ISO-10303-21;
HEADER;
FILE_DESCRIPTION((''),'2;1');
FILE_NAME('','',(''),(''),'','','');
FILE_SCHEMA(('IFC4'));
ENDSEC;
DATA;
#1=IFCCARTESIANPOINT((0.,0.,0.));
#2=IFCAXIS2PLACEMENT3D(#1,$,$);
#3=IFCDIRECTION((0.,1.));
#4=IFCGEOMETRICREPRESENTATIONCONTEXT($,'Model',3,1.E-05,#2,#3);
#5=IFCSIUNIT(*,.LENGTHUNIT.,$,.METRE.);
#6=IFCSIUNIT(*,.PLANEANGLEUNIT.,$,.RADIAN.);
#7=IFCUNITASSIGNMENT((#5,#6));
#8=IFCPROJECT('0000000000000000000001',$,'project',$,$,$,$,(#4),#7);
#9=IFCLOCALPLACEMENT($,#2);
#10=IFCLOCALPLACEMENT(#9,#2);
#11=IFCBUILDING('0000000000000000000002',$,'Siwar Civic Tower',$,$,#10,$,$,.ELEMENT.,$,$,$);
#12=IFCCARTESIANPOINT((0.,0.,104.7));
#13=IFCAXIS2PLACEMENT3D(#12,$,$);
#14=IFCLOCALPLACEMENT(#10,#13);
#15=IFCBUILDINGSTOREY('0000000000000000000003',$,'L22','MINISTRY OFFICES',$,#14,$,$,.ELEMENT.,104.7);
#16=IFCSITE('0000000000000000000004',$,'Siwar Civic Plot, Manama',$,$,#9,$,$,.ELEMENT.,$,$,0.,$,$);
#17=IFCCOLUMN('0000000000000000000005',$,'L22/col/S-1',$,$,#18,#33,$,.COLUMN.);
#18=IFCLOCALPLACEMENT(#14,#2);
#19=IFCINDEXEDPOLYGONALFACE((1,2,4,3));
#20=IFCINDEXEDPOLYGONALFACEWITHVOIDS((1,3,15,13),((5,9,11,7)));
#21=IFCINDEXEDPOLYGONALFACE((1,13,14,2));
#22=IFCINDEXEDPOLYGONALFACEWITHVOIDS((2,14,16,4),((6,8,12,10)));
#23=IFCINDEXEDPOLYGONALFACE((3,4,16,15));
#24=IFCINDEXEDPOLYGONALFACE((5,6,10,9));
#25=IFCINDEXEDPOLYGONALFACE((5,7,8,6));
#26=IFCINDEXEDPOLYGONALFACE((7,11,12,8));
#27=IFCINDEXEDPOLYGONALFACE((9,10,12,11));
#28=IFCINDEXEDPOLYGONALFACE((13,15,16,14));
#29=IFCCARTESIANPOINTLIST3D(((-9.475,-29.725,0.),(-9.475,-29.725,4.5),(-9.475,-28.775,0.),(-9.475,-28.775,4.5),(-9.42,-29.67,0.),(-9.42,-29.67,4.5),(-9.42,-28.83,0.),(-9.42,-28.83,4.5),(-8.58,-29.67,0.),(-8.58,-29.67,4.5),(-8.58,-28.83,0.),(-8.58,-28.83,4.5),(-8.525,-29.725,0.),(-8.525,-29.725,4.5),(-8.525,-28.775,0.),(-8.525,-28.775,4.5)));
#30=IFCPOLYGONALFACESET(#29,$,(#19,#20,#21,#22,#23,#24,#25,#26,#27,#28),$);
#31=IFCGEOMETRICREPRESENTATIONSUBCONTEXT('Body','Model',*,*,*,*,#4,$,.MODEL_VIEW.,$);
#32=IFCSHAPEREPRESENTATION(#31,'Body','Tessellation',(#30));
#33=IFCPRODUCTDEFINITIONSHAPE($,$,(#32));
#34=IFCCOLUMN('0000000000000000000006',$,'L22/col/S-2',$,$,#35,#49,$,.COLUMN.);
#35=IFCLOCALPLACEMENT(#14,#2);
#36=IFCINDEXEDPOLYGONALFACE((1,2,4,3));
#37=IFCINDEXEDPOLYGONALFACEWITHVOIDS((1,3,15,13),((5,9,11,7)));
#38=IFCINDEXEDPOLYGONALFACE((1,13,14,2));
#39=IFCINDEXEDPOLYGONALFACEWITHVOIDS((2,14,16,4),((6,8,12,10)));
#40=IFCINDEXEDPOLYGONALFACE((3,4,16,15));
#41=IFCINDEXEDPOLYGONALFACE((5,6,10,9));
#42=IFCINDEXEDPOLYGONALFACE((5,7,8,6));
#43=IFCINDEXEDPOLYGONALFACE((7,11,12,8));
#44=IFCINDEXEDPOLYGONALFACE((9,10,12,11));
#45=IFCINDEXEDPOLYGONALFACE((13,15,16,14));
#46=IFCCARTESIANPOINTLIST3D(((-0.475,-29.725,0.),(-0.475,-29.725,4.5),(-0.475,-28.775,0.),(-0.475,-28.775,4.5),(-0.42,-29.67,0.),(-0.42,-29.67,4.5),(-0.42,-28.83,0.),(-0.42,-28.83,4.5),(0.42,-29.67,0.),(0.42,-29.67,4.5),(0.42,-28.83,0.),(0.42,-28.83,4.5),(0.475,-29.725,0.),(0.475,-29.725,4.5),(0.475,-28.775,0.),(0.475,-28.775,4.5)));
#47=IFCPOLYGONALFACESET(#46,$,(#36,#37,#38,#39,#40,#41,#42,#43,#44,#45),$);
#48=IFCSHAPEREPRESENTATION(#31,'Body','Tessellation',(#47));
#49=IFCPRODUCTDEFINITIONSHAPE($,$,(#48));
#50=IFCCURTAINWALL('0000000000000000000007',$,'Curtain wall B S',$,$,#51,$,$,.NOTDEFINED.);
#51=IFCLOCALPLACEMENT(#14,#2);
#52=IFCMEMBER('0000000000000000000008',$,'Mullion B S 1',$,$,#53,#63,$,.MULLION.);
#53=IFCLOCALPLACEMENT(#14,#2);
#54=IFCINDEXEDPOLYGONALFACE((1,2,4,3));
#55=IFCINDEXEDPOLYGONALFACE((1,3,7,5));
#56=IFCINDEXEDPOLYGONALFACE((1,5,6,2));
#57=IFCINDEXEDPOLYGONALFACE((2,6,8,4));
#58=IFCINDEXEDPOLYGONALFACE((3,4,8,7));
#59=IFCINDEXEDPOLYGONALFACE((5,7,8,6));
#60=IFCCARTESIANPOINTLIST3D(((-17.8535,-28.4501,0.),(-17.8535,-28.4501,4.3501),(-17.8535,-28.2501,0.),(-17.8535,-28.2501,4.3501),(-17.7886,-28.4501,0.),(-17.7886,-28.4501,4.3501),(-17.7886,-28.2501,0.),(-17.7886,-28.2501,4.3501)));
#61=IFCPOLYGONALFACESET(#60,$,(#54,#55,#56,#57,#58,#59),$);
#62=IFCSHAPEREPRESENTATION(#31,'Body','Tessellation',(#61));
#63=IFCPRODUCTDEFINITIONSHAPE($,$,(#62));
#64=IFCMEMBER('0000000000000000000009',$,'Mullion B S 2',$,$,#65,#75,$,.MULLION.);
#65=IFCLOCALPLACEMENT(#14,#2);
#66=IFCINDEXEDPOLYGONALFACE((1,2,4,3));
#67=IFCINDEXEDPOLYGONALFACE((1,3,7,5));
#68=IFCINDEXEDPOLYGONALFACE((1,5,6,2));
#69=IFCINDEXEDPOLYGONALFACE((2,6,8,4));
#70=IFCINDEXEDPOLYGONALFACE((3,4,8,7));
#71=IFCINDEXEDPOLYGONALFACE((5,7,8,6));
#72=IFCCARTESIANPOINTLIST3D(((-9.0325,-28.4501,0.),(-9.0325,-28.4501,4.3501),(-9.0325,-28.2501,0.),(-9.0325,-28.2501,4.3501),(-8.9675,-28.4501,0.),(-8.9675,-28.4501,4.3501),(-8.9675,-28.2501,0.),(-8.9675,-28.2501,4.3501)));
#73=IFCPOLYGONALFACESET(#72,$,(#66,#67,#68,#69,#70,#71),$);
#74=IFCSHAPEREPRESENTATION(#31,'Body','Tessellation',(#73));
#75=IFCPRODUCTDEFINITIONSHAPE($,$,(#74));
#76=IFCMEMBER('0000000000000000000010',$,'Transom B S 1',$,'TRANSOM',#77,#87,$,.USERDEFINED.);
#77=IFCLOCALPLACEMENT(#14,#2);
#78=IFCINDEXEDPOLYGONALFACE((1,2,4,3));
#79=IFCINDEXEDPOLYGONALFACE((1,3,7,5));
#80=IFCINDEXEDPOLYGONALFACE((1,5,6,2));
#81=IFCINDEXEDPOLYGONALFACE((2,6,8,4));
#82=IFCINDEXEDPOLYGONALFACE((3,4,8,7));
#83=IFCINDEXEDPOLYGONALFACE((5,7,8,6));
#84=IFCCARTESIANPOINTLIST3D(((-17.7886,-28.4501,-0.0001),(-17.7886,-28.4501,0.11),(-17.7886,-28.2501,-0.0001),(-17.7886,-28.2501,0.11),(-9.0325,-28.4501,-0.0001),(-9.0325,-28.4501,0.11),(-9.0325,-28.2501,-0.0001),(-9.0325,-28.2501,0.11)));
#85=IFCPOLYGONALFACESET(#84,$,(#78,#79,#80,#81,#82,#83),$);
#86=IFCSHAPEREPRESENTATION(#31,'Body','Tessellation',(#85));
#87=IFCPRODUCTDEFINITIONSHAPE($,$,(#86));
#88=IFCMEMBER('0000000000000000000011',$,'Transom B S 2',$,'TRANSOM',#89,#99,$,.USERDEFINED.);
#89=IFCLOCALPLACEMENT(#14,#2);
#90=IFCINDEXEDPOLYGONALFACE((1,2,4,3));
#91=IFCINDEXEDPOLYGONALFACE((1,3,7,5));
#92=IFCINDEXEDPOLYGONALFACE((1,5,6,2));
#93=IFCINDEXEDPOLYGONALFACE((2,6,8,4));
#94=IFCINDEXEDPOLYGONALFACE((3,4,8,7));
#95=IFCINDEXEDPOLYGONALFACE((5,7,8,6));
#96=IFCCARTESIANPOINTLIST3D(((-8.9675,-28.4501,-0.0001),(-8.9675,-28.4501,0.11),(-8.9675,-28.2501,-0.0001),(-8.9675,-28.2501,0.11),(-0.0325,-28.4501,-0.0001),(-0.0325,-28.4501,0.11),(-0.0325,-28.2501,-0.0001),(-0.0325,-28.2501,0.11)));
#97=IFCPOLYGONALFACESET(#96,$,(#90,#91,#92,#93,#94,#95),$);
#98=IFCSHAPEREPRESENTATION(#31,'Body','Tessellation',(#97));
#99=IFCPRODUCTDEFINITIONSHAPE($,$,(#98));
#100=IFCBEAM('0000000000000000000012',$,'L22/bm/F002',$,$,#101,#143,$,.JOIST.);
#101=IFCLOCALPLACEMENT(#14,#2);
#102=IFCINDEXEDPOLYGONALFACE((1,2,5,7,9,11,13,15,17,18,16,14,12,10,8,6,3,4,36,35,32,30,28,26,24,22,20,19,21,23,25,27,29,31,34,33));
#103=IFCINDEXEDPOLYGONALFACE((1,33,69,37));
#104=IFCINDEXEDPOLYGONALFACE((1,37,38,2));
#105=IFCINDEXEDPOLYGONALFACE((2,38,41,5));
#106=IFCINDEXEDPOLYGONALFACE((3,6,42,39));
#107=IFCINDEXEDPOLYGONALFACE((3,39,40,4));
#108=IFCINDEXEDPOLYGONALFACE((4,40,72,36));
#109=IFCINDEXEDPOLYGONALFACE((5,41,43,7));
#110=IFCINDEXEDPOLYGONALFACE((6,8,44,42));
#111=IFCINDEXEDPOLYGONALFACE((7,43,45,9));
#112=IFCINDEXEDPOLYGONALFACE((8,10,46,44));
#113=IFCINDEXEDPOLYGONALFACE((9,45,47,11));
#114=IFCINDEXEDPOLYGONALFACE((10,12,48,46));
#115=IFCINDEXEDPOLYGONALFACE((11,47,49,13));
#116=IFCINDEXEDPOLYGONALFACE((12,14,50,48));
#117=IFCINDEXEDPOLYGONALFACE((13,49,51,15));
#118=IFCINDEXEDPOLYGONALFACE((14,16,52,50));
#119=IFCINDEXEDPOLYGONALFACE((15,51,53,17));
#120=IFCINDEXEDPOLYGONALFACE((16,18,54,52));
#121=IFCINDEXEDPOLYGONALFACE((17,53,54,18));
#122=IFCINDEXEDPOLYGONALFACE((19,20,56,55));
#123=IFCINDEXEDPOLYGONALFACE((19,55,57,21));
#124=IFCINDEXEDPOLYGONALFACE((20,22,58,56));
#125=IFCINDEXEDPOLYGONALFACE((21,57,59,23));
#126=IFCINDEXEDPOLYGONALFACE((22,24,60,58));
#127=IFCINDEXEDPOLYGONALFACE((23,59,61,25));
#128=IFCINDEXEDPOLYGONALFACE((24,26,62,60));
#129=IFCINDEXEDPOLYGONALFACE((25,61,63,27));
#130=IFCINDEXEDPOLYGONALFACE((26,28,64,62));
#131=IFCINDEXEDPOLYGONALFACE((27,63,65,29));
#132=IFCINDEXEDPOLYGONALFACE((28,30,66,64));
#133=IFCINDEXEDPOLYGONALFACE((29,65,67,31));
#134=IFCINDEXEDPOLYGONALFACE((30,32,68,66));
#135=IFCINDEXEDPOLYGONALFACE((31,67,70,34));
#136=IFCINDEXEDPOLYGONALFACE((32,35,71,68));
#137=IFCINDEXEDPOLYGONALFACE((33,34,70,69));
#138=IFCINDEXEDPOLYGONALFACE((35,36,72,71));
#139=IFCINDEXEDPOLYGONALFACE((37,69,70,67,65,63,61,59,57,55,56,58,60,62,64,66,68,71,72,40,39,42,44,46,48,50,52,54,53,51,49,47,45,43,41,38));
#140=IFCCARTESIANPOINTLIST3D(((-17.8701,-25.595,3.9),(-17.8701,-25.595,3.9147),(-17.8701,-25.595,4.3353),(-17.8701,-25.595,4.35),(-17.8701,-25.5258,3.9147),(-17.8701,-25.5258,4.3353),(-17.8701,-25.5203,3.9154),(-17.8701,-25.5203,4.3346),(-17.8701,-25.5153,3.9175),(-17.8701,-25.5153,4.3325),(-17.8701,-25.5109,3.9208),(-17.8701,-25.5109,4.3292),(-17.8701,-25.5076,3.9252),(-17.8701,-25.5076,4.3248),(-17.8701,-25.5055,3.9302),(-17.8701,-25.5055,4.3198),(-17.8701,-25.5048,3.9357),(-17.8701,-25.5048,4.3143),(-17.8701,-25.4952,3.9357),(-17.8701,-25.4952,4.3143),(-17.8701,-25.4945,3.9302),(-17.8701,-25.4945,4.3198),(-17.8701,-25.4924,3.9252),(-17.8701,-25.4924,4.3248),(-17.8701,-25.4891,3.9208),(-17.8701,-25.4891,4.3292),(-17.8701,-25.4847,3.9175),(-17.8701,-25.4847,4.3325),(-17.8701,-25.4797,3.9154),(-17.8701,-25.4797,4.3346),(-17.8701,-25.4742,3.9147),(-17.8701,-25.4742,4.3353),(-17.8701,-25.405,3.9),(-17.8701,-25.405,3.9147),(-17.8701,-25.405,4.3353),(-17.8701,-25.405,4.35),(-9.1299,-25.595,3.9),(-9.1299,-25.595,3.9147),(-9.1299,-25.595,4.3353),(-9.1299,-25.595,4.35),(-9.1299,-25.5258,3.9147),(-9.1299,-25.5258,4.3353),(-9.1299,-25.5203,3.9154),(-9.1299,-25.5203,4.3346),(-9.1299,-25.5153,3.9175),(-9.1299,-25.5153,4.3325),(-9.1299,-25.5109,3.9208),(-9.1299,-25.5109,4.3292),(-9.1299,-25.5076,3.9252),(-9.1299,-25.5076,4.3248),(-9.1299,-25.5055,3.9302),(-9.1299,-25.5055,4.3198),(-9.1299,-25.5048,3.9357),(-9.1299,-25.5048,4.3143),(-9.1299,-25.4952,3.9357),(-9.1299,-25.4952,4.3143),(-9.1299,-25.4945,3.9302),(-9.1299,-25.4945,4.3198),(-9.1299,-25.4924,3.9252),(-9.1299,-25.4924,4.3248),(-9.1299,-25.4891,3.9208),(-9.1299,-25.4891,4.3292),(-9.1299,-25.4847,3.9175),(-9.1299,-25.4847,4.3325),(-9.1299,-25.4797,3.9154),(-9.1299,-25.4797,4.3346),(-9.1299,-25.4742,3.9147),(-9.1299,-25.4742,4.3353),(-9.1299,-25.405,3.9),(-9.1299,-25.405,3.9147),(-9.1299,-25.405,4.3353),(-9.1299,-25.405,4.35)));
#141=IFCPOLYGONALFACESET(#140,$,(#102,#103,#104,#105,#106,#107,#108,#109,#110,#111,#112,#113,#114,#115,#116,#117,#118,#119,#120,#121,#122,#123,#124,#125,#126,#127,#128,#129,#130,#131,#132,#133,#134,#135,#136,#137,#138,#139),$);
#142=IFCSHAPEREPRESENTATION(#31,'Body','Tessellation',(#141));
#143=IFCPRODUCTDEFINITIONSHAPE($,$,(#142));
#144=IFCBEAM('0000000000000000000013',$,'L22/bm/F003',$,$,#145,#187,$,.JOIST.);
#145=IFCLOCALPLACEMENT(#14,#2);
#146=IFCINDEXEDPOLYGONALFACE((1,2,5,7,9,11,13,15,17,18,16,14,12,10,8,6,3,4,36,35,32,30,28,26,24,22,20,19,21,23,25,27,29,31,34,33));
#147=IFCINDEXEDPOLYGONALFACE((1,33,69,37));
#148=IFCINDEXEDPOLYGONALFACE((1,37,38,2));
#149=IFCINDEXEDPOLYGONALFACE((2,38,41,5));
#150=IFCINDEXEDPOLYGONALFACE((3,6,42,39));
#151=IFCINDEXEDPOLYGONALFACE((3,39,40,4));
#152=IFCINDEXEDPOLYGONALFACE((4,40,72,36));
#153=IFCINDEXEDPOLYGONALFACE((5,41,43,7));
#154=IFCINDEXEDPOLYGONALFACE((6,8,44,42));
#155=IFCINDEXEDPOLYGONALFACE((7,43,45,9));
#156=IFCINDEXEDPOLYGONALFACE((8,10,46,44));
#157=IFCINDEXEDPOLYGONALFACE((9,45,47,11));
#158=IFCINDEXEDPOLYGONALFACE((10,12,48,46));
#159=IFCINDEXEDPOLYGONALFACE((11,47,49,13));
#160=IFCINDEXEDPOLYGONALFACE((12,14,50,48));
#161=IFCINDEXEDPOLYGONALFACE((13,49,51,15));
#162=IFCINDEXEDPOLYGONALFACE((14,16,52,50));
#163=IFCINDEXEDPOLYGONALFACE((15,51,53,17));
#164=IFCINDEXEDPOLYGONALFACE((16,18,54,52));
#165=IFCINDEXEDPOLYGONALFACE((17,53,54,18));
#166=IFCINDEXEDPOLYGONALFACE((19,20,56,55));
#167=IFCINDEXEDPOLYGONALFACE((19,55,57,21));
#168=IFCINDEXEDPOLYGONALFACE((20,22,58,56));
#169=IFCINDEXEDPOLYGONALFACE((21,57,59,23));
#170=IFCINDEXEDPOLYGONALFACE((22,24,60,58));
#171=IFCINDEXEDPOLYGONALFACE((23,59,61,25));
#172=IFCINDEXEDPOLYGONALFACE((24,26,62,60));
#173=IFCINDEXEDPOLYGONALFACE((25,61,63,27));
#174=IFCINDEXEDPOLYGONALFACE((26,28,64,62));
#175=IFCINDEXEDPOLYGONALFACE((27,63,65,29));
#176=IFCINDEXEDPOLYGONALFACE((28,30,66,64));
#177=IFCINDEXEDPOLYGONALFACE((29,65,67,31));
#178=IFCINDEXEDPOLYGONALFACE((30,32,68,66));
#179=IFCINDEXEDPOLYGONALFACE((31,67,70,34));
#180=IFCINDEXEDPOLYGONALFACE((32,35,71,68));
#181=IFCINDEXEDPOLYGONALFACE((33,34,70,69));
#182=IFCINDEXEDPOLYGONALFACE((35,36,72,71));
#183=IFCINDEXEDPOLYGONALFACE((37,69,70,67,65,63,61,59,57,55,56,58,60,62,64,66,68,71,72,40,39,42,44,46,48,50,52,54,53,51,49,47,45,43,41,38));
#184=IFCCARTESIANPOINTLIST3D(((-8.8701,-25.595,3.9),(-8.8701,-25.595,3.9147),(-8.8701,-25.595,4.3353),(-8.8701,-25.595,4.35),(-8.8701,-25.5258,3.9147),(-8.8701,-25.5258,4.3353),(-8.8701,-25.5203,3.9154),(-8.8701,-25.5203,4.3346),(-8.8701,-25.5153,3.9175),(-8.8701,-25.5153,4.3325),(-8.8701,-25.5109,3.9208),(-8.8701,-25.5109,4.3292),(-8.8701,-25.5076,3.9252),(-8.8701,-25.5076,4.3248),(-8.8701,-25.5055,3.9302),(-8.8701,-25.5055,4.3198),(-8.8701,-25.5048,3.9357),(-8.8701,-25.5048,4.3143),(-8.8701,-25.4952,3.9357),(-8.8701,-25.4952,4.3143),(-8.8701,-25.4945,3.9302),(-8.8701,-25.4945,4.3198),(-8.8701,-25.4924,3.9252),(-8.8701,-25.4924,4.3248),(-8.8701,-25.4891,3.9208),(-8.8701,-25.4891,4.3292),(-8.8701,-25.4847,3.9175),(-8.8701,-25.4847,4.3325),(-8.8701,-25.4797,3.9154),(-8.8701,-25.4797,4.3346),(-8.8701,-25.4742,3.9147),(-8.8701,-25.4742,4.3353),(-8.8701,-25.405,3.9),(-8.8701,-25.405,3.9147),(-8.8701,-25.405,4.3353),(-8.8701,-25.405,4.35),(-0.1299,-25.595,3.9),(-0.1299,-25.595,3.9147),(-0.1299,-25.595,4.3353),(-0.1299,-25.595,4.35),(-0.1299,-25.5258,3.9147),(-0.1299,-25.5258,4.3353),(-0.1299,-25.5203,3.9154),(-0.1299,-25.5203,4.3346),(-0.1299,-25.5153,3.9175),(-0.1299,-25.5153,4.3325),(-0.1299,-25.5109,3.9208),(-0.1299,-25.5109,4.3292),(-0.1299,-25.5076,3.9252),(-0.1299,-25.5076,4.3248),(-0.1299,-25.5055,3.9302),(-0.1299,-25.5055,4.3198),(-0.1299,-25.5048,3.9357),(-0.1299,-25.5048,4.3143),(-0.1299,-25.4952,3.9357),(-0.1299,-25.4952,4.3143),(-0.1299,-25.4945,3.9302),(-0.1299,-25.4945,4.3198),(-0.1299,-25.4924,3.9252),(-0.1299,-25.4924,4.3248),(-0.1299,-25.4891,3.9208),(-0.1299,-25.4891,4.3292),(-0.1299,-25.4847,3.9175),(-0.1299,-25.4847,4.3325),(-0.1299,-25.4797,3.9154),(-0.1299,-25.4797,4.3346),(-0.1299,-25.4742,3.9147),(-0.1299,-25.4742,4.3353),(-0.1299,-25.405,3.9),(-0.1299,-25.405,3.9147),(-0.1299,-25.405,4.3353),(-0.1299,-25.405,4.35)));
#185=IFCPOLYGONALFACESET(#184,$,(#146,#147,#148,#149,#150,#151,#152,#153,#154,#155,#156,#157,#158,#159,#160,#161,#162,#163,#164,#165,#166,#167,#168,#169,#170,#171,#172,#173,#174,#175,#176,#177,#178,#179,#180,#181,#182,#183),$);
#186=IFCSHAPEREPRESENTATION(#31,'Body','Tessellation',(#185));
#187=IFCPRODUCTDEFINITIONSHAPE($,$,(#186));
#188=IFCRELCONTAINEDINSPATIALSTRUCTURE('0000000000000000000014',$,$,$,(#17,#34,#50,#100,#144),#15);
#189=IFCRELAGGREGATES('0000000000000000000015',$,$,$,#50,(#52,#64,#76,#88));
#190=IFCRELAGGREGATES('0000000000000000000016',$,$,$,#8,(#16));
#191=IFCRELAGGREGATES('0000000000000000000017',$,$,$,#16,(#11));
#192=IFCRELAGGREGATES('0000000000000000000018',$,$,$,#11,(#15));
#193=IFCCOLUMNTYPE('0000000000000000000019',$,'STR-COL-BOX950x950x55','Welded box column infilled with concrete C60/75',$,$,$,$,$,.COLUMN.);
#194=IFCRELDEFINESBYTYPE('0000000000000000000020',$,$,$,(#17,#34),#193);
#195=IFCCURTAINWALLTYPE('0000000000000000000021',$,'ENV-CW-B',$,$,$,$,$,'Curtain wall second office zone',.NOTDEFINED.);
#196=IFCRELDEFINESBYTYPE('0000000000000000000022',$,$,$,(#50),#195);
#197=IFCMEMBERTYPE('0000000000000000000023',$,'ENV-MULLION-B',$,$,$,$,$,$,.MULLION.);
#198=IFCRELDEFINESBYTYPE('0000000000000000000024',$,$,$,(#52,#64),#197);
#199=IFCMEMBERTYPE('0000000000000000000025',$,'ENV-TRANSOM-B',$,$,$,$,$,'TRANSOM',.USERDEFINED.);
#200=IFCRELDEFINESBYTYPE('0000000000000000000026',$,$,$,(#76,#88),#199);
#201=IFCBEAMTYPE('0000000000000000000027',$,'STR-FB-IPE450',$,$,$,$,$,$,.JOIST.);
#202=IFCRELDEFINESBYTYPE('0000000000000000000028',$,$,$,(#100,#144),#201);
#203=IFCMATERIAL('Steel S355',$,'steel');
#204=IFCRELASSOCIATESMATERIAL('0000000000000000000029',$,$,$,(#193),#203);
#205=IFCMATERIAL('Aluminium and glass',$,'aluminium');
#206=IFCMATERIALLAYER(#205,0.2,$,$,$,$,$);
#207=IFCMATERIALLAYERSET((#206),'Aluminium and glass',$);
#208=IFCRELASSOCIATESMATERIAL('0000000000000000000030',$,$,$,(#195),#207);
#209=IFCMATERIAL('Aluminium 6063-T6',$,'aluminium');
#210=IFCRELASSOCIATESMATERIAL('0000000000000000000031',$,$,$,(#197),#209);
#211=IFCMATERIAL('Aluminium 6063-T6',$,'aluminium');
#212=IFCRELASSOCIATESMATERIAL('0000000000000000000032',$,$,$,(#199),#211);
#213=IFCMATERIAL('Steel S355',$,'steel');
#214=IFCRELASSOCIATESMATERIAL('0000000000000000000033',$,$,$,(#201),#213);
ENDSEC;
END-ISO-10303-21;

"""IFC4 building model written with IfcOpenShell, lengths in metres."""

from ifc_helpers import new_model, si_unit, direction, frame, origin, origin_2d, place, context, subcontext, project, spatial, rectangle, hollow_rectangle, i_section, extrude, material, layer, layer_set, material_profile, profile_set, type_object, element, aggregate, save


model = new_model("IFC4")

# Units and contexts
model_context = context("Model", 3, precision=1e-05, world=origin(), true_north=direction((0.0, 1.0)))
body_context = subcontext(model_context, "Body", "Model", "MODEL_VIEW")
ifc_project = project(units=[si_unit("LENGTHUNIT", "METRE"), si_unit("PLANEANGLEUNIT", "RADIAN")], contexts=[model_context])

# Site, building, storey
site_placement = place(None, origin())
site = spatial("IfcSite", under=ifc_project, at=site_placement, Name="Siwar Civic Plot, Manama", CompositionType="ELEMENT", RefElevation=0.0)
building_placement = place(site_placement, origin())
building = spatial("IfcBuilding", under=site, at=building_placement, Name="Siwar Civic Tower", CompositionType="ELEMENT")
storey_placement = place(building_placement, frame((0.0, 0.0, 104.7)))
storey = spatial("IfcBuildingStorey", under=building, at=storey_placement, Name="L22", Description="MINISTRY OFFICES", CompositionType="ELEMENT", Elevation=104.7)

# Columns
ifc_material_1 = material(Name="Steel S355", Category="steel")
ifc_material_profile_1 = material_profile(ifc_material_1, hollow_rectangle(XDim=0.95, YDim=0.95, WallThickness=0.0549, at=origin_2d()), Name="BOX950x950x55")
ifc_profile_set_1 = profile_set([ifc_material_profile_1], Name="Steel S355")
column_type = type_object("IfcColumnType", Name="STR-COL-BOX950x950x55", Description="Welded box column infilled with concrete C60/75", PredefinedType="COLUMN", material=ifc_profile_set_1)
for number, where, z_axis, x_axis, name in (
    (1, (-9.0, -29.25, 0.0), (0.0, 0.0, 1.0), (1.0, 0.0, 0.0), "L22/col/S-1"),
    (2, (0.0, -29.25, 0.0), (0.0, 0.0, 1.0), (1.0, 0.0, 0.0), "L22/col/S-2"),
):
    element("IfcColumn", number, at=place(storey_placement, frame(where, z_axis=z_axis, x_axis=x_axis)), inside=storey, type_object=column_type, Name=name, PredefinedType="COLUMN", context=body_context, shape_type="SweptSolid", body=[
        extrude(hollow_rectangle(XDim=0.95, YDim=0.95, WallThickness=0.0549, at=origin_2d()), origin(), (0.0, 0.0, 1.0), 4.5),
    ])

# Curtain wall, members
ifc_material_2 = material(Name="Aluminium and glass", Category="aluminium")
ifc_layer_1 = layer(ifc_material_2, 0.2)
ifc_layer_set_1 = layer_set([ifc_layer_1], Name="Aluminium and glass")
curtain_wall_type = type_object("IfcCurtainWallType", Name="ENV-CW-B", ElementType="Curtain wall second office zone", PredefinedType="NOTDEFINED", material=ifc_layer_set_1)
curtain_wall_placement = place(storey_placement, origin())
curtain_wall = element("IfcCurtainWall", 3, at=curtain_wall_placement, inside=storey, type_object=curtain_wall_type, Name="Curtain wall B S", PredefinedType="NOTDEFINED")
ifc_material_3 = material(Name="Aluminium 6063-T6", Category="aluminium")
ifc_material_profile_2 = material_profile(ifc_material_3, rectangle(XDim=0.2, YDim=0.0649, at=origin_2d()), Name="AL 200x65")
ifc_profile_set_2 = profile_set([ifc_material_profile_2], Name="Aluminium 6063-T6")
member_type_1 = type_object("IfcMemberType", Name="ENV-MULLION-B", PredefinedType="MULLION", material=ifc_profile_set_2)
member_1_placement = place(storey_placement, frame((-17.821, -28.3501, 0.0), z_axis=(0.0, 0.0, 1.0), x_axis=(0.0, 1.0, 0.0)))
member_1 = element("IfcMember", 4, at=member_1_placement, type_object=member_type_1, Name="Mullion B S 1", PredefinedType="MULLION", context=body_context, shape_type="SweptSolid", body=[
    extrude(rectangle(XDim=0.2, YDim=0.0649, at=origin_2d()), origin(), (0.0, 0.0, 1.0), 4.3501),
])
member_2_placement = place(storey_placement, frame((-9.0, -28.3501, 0.0), z_axis=(0.0, 0.0, 1.0), x_axis=(0.0, 1.0, 0.0)))
member_2 = element("IfcMember", 5, at=member_2_placement, type_object=member_type_1, Name="Mullion B S 2", PredefinedType="MULLION", context=body_context, shape_type="SweptSolid", body=[
    extrude(rectangle(XDim=0.2, YDim=0.0649, at=origin_2d()), origin(), (0.0, 0.0, 1.0), 4.3501),
])
ifc_material_4 = material(Name="Aluminium 6063-T6", Category="aluminium")
ifc_material_profile_3 = material_profile(ifc_material_4, rectangle(XDim=0.2, YDim=0.1101, at=origin_2d()), Name="AL 200x110")
ifc_profile_set_3 = profile_set([ifc_material_profile_3], Name="Aluminium 6063-T6")
member_type_2 = type_object("IfcMemberType", Name="ENV-TRANSOM-B", ElementType="TRANSOM", PredefinedType="USERDEFINED", material=ifc_profile_set_3)
member_3_placement = place(storey_placement, frame((-17.7886, -28.3501, 0.0549), z_axis=(1.0, 0.0, 0.0), x_axis=(0.0, 1.0, 0.0)))
member_3 = element("IfcMember", 6, at=member_3_placement, type_object=member_type_2, Name="Transom B S 1", ObjectType="TRANSOM", PredefinedType="USERDEFINED", context=body_context, shape_type="SweptSolid", body=[
    extrude(rectangle(XDim=0.2, YDim=0.1101, at=origin_2d()), origin(), (0.0, 0.0, 1.0), 8.7561),
])
member_4_placement = place(storey_placement, frame((-8.9675, -28.3501, 0.0549), z_axis=(1.0, 0.0, 0.0), x_axis=(0.0, 1.0, 0.0)))
member_4 = element("IfcMember", 7, at=member_4_placement, type_object=member_type_2, Name="Transom B S 2", ObjectType="TRANSOM", PredefinedType="USERDEFINED", context=body_context, shape_type="SweptSolid", body=[
    extrude(rectangle(XDim=0.2, YDim=0.1101, at=origin_2d()), origin(), (0.0, 0.0, 1.0), 8.9351),
])

# Beams
ifc_material_5 = material(Name="Steel S355", Category="steel")
ifc_material_profile_4 = material_profile(ifc_material_5, i_section(OverallWidth=0.1899, OverallDepth=0.45, WebThickness=0.0095, FlangeThickness=0.0146, FilletRadius=0.021, at=origin_2d()), Name="IPE450")
ifc_profile_set_4 = profile_set([ifc_material_profile_4], Name="Steel S355")
beam_type_1 = type_object("IfcBeamType", Name="STR-FB-IPE450", PredefinedType="JOIST", material=ifc_profile_set_4)
for number, where, z_axis, x_axis, name in (
    (8, (-17.8701, -25.5, 4.125), (1.0, 0.0, 0.0), (0.0, 1.0, 0.0), "L22/bm/F002"),
    (9, (-8.8701, -25.5, 4.125), (1.0, 0.0, 0.0), (0.0, 1.0, 0.0), "L22/bm/F003"),
):
    element("IfcBeam", number, at=place(storey_placement, frame(where, z_axis=z_axis, x_axis=x_axis)), inside=storey, type_object=beam_type_1, Name=name, PredefinedType="JOIST", context=body_context, shape_type="SweptSolid", body=[
        extrude(i_section(OverallWidth=0.1899, OverallDepth=0.45, WebThickness=0.0095, FlangeThickness=0.0146, FilletRadius=0.021, at=origin_2d()), origin(), (0.0, 0.0, 1.0), 8.7402),
    ])

aggregate(curtain_wall, [member_1, member_2, member_3, member_4])

save(model, "model.ifc")
